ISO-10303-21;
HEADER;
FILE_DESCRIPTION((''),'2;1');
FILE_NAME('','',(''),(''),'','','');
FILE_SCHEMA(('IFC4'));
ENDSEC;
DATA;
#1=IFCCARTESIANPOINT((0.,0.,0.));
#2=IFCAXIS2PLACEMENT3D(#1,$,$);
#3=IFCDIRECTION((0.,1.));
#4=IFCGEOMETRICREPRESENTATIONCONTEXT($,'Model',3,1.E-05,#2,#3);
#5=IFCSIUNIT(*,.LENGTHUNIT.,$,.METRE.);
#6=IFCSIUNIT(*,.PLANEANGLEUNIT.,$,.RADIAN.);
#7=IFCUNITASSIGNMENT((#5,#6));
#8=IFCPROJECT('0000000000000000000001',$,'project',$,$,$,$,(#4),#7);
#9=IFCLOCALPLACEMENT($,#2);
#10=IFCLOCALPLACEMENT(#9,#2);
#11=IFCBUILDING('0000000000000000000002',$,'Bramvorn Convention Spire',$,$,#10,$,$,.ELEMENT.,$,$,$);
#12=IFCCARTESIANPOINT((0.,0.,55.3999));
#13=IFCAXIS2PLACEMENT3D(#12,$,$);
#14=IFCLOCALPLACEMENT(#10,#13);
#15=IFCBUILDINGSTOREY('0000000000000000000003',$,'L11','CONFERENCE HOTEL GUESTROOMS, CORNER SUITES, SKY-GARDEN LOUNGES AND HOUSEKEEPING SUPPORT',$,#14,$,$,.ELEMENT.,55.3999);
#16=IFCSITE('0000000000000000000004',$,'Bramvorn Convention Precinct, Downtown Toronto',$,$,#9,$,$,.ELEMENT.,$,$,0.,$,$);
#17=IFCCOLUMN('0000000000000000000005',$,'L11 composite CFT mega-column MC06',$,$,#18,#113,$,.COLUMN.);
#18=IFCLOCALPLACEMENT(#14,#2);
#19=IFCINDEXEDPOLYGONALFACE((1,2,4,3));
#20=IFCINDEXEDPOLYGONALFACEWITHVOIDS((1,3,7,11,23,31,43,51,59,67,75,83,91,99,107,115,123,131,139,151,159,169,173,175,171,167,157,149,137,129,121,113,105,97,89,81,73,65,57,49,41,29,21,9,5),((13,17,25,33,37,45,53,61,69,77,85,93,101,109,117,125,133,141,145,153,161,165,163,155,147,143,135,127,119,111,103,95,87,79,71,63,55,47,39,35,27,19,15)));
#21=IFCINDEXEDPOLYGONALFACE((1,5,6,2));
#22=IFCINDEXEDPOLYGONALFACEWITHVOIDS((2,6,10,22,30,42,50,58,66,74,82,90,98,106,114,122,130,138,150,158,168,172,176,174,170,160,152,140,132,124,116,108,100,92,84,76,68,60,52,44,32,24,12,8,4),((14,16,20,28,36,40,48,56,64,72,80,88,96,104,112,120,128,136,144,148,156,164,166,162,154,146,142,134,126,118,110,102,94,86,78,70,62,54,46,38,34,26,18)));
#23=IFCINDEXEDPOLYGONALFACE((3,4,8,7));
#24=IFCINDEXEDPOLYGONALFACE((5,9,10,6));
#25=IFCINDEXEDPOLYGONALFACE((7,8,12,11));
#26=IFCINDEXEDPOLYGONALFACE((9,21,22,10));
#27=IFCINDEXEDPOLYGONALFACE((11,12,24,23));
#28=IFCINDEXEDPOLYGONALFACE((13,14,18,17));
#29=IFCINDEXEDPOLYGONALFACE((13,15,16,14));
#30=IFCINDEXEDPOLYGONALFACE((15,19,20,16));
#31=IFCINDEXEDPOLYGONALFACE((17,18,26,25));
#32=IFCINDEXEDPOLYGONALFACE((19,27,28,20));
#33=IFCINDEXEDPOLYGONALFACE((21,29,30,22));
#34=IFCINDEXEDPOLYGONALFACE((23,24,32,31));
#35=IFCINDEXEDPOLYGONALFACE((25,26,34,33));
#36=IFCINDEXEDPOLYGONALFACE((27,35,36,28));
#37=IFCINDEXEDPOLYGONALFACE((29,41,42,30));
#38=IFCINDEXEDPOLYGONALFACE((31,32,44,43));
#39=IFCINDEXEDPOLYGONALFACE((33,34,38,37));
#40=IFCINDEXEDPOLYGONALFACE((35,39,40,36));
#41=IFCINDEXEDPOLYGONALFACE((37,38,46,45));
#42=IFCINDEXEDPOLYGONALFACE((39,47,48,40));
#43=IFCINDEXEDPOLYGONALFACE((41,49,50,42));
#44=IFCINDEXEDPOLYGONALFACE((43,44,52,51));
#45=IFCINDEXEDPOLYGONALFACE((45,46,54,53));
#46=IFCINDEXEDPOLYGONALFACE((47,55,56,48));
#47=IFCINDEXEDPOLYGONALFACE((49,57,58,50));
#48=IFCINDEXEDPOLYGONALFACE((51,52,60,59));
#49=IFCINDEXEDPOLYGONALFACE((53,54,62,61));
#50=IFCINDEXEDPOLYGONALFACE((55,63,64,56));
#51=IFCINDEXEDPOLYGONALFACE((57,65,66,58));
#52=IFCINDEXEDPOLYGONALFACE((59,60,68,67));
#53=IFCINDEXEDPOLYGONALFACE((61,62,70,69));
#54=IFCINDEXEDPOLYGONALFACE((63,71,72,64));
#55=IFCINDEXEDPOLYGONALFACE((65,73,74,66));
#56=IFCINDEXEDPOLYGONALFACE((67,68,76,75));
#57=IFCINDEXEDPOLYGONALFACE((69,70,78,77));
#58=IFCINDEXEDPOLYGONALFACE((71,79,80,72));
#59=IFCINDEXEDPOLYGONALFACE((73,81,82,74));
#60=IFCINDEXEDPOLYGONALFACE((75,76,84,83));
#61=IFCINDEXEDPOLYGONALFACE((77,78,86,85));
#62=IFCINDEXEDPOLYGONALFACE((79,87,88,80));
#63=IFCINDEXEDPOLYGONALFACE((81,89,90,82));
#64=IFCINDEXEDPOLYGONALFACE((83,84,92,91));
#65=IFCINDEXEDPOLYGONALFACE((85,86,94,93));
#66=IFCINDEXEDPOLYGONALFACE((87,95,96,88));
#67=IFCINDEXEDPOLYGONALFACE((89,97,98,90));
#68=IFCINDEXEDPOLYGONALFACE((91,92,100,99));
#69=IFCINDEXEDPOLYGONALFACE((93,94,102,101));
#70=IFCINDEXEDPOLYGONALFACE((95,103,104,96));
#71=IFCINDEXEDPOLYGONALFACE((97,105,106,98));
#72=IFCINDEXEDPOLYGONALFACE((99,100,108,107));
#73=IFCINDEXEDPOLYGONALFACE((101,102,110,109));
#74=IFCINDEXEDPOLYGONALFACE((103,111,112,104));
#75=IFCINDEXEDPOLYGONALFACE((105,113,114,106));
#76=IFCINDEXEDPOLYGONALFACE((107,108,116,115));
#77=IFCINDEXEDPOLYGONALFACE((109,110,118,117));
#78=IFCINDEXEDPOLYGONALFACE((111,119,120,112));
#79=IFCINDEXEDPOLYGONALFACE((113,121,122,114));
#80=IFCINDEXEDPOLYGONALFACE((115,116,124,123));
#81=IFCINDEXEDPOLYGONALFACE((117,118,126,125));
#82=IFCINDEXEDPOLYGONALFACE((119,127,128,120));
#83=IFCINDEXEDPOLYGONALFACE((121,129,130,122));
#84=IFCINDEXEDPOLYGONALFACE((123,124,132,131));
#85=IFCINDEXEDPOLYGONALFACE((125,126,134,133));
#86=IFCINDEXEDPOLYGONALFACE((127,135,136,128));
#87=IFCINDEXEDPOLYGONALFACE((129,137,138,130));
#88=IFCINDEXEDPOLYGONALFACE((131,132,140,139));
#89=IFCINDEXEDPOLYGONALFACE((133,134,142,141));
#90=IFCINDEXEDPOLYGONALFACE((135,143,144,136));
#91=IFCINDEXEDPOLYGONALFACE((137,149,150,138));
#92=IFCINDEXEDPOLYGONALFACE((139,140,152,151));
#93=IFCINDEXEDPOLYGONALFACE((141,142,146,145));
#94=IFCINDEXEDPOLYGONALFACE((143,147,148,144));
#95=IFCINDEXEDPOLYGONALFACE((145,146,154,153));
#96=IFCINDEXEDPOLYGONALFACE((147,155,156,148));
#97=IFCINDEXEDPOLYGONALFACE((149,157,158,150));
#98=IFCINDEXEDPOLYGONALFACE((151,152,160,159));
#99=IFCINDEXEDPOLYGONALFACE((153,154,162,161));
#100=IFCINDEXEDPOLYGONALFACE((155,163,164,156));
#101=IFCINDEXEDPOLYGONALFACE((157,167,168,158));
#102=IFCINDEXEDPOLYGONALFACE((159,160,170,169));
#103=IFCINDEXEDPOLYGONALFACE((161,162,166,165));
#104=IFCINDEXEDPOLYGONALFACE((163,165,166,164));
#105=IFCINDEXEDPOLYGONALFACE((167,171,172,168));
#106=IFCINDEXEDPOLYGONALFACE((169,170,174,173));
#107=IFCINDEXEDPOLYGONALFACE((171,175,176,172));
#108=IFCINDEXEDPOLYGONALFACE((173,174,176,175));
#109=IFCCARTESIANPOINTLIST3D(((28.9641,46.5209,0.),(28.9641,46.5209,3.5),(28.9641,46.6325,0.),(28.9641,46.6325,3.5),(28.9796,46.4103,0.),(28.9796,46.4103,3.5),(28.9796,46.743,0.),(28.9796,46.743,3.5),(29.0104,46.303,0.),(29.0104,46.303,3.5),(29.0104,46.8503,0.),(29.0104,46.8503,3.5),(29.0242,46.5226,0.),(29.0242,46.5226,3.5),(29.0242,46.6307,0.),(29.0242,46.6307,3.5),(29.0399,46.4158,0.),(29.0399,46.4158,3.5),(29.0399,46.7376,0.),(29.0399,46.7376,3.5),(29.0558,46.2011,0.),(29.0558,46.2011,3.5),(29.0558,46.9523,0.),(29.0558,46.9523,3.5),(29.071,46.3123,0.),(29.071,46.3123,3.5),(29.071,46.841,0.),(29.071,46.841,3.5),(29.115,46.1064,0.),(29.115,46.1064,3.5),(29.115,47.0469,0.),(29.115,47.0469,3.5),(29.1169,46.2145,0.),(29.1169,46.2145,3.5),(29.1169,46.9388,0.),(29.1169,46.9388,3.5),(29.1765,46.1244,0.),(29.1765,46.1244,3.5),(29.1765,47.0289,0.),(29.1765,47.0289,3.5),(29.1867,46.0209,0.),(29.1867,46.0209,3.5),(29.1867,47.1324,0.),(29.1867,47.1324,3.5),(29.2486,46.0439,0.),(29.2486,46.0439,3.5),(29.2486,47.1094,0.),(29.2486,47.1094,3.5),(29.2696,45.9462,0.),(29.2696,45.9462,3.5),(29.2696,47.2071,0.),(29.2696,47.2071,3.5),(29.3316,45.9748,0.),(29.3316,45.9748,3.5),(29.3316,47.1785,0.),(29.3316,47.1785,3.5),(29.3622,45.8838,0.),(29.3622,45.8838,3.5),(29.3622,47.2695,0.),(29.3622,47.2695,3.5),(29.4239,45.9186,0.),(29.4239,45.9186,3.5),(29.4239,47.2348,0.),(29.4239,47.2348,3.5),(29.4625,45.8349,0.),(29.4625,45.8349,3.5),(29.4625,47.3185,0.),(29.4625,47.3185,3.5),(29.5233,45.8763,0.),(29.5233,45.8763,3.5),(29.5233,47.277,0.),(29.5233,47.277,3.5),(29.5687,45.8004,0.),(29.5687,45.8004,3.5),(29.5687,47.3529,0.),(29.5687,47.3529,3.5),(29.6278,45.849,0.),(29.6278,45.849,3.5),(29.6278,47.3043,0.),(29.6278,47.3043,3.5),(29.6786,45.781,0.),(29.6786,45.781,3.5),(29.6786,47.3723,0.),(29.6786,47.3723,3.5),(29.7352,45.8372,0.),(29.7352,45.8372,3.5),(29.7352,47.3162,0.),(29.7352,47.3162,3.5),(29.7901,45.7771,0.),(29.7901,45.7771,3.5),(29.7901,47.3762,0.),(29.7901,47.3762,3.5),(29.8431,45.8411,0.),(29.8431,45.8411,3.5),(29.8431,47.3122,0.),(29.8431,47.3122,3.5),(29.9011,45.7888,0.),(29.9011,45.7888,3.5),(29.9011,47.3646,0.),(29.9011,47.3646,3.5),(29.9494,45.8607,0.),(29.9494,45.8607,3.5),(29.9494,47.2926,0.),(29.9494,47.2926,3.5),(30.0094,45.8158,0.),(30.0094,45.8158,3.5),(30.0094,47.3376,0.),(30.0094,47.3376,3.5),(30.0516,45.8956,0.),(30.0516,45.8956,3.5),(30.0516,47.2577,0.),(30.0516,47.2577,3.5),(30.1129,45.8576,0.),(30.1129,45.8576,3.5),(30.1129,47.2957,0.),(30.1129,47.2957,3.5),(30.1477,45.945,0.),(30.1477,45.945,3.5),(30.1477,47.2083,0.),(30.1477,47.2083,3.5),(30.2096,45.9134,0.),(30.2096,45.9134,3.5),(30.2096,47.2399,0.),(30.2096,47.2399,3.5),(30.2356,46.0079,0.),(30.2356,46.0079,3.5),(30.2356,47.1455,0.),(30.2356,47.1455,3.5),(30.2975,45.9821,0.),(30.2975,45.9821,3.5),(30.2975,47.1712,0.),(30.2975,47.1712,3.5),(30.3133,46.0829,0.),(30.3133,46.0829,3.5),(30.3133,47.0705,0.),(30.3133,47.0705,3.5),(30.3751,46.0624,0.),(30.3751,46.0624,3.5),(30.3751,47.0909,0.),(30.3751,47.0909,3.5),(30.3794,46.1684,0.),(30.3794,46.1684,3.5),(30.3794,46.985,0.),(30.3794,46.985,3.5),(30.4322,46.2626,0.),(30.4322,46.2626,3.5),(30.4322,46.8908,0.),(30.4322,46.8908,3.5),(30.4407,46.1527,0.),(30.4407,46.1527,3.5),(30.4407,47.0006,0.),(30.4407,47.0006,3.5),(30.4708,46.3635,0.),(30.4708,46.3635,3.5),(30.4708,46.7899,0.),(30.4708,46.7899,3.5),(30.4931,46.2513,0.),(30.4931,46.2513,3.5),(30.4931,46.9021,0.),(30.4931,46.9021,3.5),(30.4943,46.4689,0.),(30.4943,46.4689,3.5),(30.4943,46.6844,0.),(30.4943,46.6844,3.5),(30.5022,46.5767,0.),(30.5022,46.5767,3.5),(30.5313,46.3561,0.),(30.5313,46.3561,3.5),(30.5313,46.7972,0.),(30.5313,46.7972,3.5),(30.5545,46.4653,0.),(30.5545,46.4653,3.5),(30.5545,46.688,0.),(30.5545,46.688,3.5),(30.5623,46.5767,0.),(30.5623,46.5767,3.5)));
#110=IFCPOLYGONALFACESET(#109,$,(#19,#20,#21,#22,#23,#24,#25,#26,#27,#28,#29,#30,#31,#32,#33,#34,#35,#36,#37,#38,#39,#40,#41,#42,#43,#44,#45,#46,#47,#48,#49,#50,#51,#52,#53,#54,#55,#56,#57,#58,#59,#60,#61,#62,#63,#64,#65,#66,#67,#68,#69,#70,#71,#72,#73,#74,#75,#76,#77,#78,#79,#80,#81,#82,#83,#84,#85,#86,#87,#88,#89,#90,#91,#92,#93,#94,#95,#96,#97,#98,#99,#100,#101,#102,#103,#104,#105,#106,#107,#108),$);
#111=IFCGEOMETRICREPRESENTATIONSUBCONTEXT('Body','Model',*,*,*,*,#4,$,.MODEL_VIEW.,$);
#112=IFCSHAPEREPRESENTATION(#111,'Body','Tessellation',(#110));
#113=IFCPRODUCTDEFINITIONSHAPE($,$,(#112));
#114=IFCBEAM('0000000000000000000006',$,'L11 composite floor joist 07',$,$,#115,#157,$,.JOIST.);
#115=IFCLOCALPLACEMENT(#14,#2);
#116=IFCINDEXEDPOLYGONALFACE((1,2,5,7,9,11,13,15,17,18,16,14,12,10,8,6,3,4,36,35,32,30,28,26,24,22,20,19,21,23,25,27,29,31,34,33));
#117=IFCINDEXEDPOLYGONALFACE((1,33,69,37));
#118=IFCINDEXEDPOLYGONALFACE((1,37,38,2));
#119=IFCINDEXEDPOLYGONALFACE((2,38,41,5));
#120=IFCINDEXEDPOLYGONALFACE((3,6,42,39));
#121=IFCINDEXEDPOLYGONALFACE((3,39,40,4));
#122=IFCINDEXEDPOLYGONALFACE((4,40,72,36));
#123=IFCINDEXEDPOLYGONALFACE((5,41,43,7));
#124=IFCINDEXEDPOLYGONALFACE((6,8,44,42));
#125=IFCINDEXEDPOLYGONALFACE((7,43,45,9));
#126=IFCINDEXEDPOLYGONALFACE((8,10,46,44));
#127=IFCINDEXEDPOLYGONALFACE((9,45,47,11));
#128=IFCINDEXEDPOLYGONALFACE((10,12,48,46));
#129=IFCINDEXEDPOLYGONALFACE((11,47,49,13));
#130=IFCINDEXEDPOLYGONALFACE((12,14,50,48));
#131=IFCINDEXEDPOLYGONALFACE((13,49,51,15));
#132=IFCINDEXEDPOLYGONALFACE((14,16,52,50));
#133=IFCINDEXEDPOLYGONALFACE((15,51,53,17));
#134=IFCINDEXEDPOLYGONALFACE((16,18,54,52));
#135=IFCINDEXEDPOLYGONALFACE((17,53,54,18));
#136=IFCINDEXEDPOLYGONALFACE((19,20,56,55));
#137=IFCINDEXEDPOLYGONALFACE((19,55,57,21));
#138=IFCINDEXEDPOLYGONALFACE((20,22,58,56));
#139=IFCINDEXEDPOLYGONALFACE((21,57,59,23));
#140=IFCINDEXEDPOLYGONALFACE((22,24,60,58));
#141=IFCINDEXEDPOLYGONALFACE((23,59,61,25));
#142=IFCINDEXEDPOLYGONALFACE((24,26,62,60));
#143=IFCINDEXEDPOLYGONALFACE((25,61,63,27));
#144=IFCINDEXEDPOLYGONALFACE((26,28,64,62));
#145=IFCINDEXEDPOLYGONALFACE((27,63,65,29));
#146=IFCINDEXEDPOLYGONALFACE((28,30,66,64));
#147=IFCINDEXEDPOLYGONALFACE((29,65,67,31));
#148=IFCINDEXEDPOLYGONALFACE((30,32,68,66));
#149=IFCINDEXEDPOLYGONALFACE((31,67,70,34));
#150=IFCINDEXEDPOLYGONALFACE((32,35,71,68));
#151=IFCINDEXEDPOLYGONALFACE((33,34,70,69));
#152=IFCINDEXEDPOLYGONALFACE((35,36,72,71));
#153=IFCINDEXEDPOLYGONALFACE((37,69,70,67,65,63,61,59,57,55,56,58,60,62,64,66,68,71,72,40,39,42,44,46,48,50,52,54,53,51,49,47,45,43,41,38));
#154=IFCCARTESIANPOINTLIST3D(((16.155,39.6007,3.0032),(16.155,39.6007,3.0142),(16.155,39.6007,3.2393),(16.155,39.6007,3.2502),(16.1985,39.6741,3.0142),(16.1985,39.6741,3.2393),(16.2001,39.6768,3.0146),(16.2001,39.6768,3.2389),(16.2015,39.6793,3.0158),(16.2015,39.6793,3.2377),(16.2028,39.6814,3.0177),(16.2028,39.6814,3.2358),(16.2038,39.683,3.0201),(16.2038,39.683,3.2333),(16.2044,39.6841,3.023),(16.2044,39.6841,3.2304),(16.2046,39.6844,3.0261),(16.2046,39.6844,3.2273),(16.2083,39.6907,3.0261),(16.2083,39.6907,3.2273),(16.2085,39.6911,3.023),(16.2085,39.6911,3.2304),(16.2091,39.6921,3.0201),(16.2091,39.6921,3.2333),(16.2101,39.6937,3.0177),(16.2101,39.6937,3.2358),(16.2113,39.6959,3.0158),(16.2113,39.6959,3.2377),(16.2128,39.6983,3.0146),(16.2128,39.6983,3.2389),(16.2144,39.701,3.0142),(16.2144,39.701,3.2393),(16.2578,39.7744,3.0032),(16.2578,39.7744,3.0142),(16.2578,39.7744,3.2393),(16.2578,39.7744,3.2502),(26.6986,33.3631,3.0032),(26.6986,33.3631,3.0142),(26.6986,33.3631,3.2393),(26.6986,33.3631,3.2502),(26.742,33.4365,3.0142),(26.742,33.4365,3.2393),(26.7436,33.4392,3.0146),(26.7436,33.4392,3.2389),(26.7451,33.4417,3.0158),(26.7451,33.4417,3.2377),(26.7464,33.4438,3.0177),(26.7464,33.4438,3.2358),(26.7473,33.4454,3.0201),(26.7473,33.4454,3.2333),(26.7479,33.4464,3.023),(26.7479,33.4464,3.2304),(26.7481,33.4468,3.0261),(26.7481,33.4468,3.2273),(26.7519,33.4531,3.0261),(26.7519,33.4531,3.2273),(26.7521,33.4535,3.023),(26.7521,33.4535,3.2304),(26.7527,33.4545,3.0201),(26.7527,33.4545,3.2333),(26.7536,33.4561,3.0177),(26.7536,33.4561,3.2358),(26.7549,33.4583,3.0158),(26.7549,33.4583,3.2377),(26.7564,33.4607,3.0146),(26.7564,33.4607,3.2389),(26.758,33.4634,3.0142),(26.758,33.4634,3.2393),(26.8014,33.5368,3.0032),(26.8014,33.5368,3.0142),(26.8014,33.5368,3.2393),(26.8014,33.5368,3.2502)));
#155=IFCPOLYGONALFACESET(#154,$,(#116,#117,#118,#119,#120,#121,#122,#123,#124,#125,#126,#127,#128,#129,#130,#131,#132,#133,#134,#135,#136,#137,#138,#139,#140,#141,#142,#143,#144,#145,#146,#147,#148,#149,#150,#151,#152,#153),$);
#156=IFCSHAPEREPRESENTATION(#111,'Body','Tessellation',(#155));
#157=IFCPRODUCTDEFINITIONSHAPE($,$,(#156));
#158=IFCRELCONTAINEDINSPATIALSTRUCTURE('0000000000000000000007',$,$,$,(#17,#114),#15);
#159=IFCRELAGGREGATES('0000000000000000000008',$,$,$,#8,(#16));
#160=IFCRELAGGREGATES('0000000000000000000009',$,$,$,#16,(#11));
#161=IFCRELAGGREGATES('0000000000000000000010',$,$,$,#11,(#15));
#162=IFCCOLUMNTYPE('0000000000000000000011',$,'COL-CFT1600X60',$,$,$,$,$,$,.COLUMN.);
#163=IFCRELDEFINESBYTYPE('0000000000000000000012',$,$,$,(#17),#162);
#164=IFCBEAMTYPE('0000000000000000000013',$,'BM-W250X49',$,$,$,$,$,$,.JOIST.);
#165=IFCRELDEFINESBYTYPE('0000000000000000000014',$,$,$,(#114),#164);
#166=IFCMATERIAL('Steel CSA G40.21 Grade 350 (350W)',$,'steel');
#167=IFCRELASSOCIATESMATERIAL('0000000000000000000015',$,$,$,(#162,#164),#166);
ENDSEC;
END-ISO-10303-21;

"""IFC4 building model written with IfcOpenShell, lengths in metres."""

from ifc_helpers import new_model, si_unit, direction, frame, origin, origin_2d, place, context, subcontext, project, spatial, hollow_circle, i_section, extrude, material, material_profile, profile_set, type_object, element, save


model = new_model("IFC4")

# Units and contexts
model_context = context("Model", 3, precision=1e-05, world=origin(), true_north=direction((0.0, 1.0)))
body_context = subcontext(model_context, "Body", "Model", "MODEL_VIEW")
ifc_project = project(units=[si_unit("LENGTHUNIT", "METRE"), si_unit("PLANEANGLEUNIT", "RADIAN")], contexts=[model_context])

# Site, building, storey
site_placement = place(None, origin())
site = spatial("IfcSite", under=ifc_project, at=site_placement, Name="Bramvorn Convention Precinct, Downtown Toronto", CompositionType="ELEMENT", RefElevation=0.0)
building_placement = place(site_placement, origin())
building = spatial("IfcBuilding", under=site, at=building_placement, Name="Bramvorn Convention Spire", CompositionType="ELEMENT")
storey_placement = place(building_placement, frame((0.0, 0.0, 55.3999)))
storey = spatial("IfcBuildingStorey", under=building, at=storey_placement, Name="L11", Description="CONFERENCE HOTEL GUESTROOMS, CORNER SUITES, SKY-GARDEN LOUNGES AND HOUSEKEEPING SUPPORT", CompositionType="ELEMENT", Elevation=55.3999)

# Column
ifc_material_1 = material(Name="Steel CSA G40.21 Grade 350 (350W)", Category="steel")
ifc_material_profile_1 = material_profile(ifc_material_1, hollow_circle(Radius=0.8, WallThickness=0.0601, at=origin_2d()))
ifc_profile_set_1 = profile_set([ifc_material_profile_1], Name="Steel CSA G40.21 Grade 350 (350W) - CFT1600X60")
column_type = type_object("IfcColumnType", Name="COL-CFT1600X60", PredefinedType="COLUMN", material=ifc_profile_set_1)
column_placement = place(storey_placement, frame((29.7622, 46.5767, 0.0), z_axis=(0.0, 0.0, 1.0), x_axis=(1.0, 0.0, 0.0)))
element("IfcColumn", 1, at=column_placement, inside=storey, type_object=column_type, Name="L11 composite CFT mega-column MC06", PredefinedType="COLUMN", context=body_context, shape_type="SweptSolid", body=[
    extrude(hollow_circle(Radius=0.8, WallThickness=0.0601, at=origin_2d()), origin(), (0.0, 0.0, 1.0), 3.5),
])

# Beam
ifc_material_profile_2 = material_profile(ifc_material_1, i_section(OverallWidth=0.2019, OverallDepth=0.2471, WebThickness=0.0073, FlangeThickness=0.011, FilletRadius=0.012, at=origin_2d()))
ifc_profile_set_2 = profile_set([ifc_material_profile_2], Name="Steel CSA G40.21 Grade 350 (350W) - W250X49")
beam_type_1 = type_object("IfcBeamType", Name="BM-W250X49", PredefinedType="JOIST", material=ifc_profile_set_2)
beam_1_placement = place(storey_placement, frame((26.75, 33.45, 3.1267), z_axis=(-0.860665, 0.509172, 0.0), x_axis=(-0.509172, -0.860665, 0.0)))
element("IfcBeam", 2, at=beam_1_placement, inside=storey, type_object=beam_type_1, Name="L11 composite floor joist 07", PredefinedType="JOIST", context=body_context, shape_type="SweptSolid", body=[
    extrude(i_section(OverallWidth=0.2019, OverallDepth=0.2471, WebThickness=0.0073, FlangeThickness=0.011, FilletRadius=0.012, at=origin_2d()), origin(), (0.0, 0.0, 1.0), 12.2505),
])

save(model, "model.ifc")
